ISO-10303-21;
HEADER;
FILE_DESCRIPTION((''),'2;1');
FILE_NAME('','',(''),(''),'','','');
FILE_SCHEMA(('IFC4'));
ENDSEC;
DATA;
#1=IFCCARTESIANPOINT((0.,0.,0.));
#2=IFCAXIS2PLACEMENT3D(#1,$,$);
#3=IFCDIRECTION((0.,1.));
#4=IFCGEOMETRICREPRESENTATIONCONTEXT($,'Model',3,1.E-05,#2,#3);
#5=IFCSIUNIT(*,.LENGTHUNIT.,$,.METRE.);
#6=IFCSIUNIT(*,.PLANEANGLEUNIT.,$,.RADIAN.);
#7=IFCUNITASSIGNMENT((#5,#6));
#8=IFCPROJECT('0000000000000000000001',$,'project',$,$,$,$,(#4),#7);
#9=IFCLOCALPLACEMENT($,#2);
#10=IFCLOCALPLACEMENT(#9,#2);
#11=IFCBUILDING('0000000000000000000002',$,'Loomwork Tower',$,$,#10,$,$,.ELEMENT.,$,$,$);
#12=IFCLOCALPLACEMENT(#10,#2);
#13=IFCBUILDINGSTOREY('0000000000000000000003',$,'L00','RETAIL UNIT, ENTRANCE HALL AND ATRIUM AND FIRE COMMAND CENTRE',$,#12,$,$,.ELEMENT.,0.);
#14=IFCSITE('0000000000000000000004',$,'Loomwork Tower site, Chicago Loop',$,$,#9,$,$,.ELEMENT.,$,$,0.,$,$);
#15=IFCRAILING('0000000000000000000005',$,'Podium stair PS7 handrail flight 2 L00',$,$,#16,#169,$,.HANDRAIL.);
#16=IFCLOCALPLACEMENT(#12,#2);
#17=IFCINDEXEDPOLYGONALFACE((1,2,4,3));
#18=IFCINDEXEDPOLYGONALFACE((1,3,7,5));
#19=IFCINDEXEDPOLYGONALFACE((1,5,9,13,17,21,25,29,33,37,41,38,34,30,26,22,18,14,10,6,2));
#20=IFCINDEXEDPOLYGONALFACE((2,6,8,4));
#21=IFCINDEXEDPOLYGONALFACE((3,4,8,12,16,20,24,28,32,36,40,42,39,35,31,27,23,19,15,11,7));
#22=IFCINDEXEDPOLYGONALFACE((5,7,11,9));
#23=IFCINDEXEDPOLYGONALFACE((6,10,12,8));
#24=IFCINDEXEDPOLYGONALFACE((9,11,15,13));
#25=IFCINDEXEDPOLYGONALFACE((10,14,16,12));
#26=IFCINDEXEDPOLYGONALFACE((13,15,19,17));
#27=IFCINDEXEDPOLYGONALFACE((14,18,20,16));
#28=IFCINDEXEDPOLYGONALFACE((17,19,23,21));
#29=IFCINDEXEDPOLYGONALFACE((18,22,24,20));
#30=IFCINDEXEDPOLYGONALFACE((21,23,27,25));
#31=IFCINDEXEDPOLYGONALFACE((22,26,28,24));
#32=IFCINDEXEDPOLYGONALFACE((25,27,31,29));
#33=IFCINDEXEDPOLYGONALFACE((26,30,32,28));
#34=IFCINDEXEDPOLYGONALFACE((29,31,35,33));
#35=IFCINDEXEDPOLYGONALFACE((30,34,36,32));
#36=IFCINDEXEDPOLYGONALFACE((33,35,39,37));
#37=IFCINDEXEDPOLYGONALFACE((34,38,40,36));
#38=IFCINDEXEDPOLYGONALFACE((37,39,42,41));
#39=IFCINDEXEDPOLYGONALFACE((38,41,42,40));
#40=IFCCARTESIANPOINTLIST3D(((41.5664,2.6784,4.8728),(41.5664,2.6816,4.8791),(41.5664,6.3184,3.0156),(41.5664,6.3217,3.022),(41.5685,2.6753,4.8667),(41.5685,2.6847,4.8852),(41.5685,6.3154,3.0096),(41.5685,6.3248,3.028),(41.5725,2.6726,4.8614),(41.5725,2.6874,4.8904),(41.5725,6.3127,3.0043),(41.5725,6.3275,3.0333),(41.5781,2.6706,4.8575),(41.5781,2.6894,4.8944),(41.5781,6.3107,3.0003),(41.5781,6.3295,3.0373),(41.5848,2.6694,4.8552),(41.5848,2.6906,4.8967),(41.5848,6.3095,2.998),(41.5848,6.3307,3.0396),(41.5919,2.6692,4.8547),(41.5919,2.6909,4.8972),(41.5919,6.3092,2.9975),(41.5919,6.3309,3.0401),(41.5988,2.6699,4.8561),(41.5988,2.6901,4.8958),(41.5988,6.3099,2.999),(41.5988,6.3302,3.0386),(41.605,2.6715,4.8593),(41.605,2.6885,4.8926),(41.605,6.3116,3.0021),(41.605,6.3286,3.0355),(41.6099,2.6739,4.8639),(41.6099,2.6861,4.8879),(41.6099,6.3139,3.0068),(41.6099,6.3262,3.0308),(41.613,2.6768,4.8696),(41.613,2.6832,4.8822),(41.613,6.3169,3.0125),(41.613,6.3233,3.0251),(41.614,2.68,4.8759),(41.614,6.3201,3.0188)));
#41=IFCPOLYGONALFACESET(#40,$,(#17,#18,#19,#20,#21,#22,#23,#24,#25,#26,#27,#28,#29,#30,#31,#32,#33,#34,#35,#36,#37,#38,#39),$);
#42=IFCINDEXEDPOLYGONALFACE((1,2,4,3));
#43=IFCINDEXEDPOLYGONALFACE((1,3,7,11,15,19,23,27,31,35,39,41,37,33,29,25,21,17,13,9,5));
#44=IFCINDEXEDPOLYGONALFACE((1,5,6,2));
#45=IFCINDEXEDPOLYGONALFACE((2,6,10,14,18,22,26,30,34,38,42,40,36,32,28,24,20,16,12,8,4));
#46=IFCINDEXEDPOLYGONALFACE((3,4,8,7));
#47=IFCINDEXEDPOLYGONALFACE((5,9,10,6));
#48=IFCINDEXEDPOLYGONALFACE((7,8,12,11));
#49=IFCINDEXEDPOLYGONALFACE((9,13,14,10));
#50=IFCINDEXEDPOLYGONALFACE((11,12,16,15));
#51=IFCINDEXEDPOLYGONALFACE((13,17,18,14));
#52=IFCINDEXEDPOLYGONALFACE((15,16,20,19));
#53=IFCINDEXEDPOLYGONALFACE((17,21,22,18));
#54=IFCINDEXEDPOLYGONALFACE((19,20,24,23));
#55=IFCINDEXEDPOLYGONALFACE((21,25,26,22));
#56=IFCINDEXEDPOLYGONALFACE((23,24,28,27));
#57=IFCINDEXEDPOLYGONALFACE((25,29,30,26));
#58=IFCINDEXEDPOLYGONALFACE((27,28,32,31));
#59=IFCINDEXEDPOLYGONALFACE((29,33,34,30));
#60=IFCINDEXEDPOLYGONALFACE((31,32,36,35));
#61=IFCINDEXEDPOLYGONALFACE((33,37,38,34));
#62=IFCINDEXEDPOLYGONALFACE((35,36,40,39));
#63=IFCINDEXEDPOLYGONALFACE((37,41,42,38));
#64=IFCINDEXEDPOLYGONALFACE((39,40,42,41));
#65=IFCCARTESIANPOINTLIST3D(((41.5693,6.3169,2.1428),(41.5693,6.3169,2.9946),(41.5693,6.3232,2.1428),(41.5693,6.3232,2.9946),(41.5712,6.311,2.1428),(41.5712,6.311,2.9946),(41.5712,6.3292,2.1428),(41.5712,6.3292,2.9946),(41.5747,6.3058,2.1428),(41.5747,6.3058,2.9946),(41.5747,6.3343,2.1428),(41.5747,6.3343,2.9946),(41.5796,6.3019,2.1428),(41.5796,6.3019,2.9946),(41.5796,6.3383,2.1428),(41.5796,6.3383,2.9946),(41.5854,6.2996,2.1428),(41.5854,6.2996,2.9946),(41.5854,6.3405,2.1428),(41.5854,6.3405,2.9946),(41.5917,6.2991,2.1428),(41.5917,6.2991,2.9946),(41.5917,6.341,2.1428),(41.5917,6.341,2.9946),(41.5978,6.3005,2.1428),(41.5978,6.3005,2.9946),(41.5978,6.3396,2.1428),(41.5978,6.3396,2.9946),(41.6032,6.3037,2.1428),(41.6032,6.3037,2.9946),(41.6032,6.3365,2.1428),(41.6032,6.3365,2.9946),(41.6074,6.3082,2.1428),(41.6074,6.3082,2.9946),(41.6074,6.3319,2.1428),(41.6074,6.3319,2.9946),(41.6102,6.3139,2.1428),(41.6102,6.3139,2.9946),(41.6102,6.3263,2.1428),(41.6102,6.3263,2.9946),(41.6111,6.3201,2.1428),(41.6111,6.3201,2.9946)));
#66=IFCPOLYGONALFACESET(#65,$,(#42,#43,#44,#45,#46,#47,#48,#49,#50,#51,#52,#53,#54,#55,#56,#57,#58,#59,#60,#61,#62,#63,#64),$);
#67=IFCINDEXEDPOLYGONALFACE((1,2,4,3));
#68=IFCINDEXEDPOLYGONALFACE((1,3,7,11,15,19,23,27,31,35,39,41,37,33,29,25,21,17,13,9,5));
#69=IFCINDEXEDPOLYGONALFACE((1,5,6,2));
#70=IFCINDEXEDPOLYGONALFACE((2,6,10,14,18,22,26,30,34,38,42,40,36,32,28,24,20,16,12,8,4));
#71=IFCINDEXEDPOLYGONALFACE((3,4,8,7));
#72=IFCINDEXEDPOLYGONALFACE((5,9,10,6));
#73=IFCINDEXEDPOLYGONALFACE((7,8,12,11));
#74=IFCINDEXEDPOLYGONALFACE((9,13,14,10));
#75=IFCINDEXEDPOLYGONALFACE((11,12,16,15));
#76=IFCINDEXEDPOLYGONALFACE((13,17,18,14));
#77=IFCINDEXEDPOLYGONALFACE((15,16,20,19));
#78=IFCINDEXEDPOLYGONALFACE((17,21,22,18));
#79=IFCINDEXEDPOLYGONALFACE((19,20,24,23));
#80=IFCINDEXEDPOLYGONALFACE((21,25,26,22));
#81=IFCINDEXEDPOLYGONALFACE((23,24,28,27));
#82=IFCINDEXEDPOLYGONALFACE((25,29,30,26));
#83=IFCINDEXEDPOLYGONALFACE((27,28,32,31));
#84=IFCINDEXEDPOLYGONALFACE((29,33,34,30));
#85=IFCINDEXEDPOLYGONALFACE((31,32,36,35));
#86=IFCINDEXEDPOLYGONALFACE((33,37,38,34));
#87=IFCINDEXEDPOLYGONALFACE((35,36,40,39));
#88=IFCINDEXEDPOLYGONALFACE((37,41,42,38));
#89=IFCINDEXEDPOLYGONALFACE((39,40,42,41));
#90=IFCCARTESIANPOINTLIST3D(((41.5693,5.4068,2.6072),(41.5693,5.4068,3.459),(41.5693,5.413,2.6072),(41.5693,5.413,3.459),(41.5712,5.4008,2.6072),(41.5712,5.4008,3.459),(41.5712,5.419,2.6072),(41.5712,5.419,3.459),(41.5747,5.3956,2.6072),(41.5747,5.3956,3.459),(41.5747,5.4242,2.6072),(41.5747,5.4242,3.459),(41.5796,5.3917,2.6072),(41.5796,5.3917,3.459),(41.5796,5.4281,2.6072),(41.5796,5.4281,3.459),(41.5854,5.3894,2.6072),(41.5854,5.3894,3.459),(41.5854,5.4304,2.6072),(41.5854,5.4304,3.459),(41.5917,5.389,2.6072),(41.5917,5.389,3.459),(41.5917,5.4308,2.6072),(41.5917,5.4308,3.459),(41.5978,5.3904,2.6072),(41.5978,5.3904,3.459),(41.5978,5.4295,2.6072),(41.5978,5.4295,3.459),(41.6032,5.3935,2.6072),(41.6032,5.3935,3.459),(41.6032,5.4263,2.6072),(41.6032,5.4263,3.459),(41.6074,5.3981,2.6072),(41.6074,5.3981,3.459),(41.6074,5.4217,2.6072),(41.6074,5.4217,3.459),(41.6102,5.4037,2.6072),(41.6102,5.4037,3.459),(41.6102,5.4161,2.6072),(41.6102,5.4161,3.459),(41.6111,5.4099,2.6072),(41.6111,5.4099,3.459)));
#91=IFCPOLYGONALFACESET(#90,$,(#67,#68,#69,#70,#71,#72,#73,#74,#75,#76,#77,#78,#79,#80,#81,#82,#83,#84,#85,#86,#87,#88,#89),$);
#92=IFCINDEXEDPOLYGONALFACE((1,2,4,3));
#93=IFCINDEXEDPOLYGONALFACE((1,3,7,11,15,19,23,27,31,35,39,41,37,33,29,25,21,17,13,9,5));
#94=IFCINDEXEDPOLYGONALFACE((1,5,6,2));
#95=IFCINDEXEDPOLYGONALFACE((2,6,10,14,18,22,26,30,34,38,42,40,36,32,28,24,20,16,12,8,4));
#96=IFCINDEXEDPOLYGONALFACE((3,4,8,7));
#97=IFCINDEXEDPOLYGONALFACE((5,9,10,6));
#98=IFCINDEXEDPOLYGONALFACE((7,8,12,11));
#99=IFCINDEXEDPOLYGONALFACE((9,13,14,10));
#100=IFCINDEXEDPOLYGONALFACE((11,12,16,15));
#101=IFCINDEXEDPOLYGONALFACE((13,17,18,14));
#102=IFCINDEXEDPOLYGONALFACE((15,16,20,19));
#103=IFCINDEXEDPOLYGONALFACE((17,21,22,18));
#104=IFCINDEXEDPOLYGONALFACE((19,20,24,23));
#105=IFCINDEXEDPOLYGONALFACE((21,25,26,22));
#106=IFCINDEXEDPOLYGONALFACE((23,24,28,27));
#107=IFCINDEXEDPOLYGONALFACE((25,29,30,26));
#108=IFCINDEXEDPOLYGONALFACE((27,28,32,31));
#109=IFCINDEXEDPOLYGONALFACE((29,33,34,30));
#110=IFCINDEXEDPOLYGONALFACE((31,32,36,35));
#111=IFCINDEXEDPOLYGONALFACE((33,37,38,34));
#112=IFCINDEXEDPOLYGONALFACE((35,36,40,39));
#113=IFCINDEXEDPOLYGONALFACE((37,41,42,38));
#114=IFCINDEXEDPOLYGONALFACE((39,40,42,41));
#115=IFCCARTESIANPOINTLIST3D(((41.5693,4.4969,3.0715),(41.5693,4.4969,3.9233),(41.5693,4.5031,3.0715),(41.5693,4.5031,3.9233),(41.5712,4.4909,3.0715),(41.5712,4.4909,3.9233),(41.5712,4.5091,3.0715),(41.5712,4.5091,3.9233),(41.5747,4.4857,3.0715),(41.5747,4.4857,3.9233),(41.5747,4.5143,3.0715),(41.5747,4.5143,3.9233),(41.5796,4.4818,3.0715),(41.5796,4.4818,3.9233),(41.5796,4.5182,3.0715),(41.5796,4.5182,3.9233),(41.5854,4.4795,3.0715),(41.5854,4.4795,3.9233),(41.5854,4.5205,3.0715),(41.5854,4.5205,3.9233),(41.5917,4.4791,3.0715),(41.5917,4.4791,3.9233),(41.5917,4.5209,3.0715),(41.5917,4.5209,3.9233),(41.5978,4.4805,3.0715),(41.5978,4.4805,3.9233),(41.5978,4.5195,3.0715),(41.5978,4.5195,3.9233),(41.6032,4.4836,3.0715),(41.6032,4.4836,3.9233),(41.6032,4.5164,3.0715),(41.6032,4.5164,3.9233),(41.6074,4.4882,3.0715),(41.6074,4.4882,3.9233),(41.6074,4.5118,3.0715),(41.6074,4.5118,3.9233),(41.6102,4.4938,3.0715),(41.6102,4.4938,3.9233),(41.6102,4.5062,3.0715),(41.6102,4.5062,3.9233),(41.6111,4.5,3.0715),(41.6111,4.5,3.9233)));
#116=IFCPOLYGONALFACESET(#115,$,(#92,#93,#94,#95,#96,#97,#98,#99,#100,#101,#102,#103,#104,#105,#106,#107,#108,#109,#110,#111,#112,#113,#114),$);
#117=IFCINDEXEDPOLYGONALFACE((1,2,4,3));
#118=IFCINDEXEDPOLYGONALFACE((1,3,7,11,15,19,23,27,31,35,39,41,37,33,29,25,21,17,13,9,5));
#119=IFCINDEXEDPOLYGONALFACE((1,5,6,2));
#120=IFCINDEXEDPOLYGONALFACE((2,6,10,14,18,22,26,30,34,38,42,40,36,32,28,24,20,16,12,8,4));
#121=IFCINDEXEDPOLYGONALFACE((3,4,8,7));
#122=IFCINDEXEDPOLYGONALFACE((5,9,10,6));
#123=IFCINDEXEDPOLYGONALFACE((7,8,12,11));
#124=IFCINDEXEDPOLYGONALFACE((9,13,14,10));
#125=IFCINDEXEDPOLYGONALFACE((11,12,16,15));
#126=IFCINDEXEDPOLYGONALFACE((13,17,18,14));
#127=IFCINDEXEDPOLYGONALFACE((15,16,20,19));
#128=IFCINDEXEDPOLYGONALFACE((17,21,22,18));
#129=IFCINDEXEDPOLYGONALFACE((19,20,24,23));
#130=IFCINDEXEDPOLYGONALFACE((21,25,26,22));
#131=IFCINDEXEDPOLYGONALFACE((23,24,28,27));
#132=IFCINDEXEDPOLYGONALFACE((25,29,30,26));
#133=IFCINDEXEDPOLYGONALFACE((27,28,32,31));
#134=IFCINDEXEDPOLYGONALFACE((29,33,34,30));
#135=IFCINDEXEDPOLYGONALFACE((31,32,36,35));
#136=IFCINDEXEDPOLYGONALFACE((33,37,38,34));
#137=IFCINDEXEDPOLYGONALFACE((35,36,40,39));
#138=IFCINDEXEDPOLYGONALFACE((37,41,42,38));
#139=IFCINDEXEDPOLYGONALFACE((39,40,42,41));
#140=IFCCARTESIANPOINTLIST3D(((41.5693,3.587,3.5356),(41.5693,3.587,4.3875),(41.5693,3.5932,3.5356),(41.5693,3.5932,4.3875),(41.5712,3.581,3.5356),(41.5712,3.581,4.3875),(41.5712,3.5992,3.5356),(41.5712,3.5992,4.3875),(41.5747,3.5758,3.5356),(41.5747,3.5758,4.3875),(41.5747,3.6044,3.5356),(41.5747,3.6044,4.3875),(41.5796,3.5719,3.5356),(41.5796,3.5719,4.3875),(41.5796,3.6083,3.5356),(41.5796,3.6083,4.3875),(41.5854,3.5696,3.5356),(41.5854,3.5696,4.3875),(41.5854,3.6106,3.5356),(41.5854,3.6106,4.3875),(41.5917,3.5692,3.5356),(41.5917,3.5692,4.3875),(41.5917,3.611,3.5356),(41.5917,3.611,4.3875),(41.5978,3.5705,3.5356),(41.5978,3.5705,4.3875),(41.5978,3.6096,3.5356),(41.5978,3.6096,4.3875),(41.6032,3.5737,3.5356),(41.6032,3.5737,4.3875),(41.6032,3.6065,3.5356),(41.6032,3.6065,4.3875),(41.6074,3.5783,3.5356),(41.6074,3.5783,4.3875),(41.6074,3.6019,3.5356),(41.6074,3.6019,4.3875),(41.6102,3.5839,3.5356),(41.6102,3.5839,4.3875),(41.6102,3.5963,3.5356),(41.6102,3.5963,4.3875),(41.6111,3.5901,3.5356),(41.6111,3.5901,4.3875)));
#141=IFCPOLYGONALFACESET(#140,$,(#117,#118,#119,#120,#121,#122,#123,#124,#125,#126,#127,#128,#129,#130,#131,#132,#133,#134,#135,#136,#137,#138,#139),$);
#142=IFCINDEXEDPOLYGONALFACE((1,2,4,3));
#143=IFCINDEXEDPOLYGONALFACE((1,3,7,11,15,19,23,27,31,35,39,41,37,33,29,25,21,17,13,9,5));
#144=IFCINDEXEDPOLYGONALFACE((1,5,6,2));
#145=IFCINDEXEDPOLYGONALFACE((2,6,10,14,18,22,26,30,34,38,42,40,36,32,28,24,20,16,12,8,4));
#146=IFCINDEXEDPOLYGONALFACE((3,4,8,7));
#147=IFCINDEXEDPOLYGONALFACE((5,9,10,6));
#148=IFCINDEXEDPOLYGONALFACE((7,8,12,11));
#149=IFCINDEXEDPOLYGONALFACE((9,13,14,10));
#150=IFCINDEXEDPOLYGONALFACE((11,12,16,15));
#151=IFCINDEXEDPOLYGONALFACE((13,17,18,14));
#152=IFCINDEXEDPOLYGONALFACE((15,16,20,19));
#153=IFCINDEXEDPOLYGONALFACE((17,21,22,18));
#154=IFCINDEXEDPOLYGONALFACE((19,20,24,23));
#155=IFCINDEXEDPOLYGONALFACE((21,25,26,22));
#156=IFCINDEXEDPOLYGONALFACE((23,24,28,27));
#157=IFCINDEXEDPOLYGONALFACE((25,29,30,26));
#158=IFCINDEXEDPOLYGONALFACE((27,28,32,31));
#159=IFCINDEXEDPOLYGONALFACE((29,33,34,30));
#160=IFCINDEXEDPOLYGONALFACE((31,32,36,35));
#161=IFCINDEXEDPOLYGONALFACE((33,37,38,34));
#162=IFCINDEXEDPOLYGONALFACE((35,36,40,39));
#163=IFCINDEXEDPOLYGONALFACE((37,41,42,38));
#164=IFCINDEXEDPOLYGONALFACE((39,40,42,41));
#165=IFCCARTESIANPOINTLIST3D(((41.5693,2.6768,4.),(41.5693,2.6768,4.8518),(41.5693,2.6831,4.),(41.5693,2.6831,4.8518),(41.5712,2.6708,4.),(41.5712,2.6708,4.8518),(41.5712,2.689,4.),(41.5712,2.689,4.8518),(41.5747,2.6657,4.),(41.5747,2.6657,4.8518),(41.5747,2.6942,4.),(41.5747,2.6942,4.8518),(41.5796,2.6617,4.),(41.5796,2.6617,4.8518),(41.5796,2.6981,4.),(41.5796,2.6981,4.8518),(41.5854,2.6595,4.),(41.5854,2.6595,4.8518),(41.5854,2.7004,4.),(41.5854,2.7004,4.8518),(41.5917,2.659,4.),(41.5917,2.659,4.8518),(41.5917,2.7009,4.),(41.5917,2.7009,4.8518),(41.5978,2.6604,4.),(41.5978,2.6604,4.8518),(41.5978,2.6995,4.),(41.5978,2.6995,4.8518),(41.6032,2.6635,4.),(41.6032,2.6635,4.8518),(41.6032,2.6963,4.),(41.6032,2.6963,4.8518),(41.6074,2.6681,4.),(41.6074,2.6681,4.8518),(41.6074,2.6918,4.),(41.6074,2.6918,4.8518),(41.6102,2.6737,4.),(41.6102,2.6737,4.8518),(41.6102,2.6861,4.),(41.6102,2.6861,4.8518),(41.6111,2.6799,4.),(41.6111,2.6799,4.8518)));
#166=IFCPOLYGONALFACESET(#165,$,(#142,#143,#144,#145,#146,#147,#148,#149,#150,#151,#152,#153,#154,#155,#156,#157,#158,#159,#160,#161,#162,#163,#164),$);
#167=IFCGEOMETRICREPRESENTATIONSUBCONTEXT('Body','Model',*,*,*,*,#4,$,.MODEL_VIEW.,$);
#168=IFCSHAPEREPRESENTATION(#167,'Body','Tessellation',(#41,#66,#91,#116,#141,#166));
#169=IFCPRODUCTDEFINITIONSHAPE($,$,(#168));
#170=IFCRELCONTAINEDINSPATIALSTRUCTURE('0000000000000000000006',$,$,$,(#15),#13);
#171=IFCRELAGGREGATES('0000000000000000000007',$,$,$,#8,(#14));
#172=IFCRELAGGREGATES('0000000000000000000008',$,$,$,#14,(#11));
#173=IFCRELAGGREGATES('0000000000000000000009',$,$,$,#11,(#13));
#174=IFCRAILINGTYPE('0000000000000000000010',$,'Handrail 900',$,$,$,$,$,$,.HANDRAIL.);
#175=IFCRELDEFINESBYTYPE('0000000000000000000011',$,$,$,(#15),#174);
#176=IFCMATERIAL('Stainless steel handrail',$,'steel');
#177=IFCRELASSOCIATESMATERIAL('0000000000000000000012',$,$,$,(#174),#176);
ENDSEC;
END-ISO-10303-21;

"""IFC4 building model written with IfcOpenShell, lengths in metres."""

from ifc_helpers import new_model, si_unit, direction, frame, origin, origin_2d, place, context, subcontext, project, spatial, circle, extrude, material, type_object, element, save


model = new_model("IFC4")

# Units and contexts
model_context = context("Model", 3, precision=1e-05, world=origin(), true_north=direction((0.0, 1.0)))
body_context = subcontext(model_context, "Body", "Model", "MODEL_VIEW")
ifc_project = project(units=[si_unit("LENGTHUNIT", "METRE"), si_unit("PLANEANGLEUNIT", "RADIAN")], contexts=[model_context])

# Site, building, storey
site_placement = place(None, origin())
site = spatial("IfcSite", under=ifc_project, at=site_placement, Name="Loomwork Tower site, Chicago Loop", CompositionType="ELEMENT", RefElevation=0.0)
building_placement = place(site_placement, origin())
building = spatial("IfcBuilding", under=site, at=building_placement, Name="Loomwork Tower", CompositionType="ELEMENT")
storey_placement = place(building_placement, origin())
storey = spatial("IfcBuildingStorey", under=building, at=storey_placement, Name="L00", Description="RETAIL UNIT, ENTRANCE HALL AND ATRIUM AND FIRE COMMAND CENTRE", CompositionType="ELEMENT", Elevation=0.0)

# Railing
ifc_material_1 = material(Name="Stainless steel handrail", Category="steel")
railing_type = type_object("IfcRailingType", Name="Handrail 900", PredefinedType="HANDRAIL", material=ifc_material_1)
railing_1_placement = place(storey_placement, frame((41.5901, 6.3201, 2.1428)))
element("IfcRailing", 1, at=railing_1_placement, inside=storey, type_object=railing_type, Name="Podium stair PS7 handrail flight 2 L00", PredefinedType="HANDRAIL", context=body_context, shape_type="SweptSolid", body=[
    extrude(circle(Radius=0.0239, at=origin_2d()), frame((0.0, 0.0, 0.876), z_axis=(0.0, -0.890765, 0.454464), x_axis=(1.0, 0.0, 0.0)), (0.0, 0.0, 1.0), 4.0864),
    extrude(circle(Radius=0.021, at=origin_2d()), origin(), (0.0, 0.0, 1.0), 0.8518),
    extrude(circle(Radius=0.021, at=origin_2d()), frame((0.0, -0.9102, 0.4644)), (0.0, 0.0, 1.0), 0.8518),
    extrude(circle(Radius=0.021, at=origin_2d()), frame((0.0, -1.8201, 0.9287)), (0.0, 0.0, 1.0), 0.8518),
    extrude(circle(Radius=0.021, at=origin_2d()), frame((0.0, -2.73, 1.3928)), (0.0, 0.0, 1.0), 0.8518),
    extrude(circle(Radius=0.021, at=origin_2d()), frame((0.0, -3.6401, 1.8572)), (0.0, 0.0, 1.0), 0.8518),
])

save(model, "model.ifc")
